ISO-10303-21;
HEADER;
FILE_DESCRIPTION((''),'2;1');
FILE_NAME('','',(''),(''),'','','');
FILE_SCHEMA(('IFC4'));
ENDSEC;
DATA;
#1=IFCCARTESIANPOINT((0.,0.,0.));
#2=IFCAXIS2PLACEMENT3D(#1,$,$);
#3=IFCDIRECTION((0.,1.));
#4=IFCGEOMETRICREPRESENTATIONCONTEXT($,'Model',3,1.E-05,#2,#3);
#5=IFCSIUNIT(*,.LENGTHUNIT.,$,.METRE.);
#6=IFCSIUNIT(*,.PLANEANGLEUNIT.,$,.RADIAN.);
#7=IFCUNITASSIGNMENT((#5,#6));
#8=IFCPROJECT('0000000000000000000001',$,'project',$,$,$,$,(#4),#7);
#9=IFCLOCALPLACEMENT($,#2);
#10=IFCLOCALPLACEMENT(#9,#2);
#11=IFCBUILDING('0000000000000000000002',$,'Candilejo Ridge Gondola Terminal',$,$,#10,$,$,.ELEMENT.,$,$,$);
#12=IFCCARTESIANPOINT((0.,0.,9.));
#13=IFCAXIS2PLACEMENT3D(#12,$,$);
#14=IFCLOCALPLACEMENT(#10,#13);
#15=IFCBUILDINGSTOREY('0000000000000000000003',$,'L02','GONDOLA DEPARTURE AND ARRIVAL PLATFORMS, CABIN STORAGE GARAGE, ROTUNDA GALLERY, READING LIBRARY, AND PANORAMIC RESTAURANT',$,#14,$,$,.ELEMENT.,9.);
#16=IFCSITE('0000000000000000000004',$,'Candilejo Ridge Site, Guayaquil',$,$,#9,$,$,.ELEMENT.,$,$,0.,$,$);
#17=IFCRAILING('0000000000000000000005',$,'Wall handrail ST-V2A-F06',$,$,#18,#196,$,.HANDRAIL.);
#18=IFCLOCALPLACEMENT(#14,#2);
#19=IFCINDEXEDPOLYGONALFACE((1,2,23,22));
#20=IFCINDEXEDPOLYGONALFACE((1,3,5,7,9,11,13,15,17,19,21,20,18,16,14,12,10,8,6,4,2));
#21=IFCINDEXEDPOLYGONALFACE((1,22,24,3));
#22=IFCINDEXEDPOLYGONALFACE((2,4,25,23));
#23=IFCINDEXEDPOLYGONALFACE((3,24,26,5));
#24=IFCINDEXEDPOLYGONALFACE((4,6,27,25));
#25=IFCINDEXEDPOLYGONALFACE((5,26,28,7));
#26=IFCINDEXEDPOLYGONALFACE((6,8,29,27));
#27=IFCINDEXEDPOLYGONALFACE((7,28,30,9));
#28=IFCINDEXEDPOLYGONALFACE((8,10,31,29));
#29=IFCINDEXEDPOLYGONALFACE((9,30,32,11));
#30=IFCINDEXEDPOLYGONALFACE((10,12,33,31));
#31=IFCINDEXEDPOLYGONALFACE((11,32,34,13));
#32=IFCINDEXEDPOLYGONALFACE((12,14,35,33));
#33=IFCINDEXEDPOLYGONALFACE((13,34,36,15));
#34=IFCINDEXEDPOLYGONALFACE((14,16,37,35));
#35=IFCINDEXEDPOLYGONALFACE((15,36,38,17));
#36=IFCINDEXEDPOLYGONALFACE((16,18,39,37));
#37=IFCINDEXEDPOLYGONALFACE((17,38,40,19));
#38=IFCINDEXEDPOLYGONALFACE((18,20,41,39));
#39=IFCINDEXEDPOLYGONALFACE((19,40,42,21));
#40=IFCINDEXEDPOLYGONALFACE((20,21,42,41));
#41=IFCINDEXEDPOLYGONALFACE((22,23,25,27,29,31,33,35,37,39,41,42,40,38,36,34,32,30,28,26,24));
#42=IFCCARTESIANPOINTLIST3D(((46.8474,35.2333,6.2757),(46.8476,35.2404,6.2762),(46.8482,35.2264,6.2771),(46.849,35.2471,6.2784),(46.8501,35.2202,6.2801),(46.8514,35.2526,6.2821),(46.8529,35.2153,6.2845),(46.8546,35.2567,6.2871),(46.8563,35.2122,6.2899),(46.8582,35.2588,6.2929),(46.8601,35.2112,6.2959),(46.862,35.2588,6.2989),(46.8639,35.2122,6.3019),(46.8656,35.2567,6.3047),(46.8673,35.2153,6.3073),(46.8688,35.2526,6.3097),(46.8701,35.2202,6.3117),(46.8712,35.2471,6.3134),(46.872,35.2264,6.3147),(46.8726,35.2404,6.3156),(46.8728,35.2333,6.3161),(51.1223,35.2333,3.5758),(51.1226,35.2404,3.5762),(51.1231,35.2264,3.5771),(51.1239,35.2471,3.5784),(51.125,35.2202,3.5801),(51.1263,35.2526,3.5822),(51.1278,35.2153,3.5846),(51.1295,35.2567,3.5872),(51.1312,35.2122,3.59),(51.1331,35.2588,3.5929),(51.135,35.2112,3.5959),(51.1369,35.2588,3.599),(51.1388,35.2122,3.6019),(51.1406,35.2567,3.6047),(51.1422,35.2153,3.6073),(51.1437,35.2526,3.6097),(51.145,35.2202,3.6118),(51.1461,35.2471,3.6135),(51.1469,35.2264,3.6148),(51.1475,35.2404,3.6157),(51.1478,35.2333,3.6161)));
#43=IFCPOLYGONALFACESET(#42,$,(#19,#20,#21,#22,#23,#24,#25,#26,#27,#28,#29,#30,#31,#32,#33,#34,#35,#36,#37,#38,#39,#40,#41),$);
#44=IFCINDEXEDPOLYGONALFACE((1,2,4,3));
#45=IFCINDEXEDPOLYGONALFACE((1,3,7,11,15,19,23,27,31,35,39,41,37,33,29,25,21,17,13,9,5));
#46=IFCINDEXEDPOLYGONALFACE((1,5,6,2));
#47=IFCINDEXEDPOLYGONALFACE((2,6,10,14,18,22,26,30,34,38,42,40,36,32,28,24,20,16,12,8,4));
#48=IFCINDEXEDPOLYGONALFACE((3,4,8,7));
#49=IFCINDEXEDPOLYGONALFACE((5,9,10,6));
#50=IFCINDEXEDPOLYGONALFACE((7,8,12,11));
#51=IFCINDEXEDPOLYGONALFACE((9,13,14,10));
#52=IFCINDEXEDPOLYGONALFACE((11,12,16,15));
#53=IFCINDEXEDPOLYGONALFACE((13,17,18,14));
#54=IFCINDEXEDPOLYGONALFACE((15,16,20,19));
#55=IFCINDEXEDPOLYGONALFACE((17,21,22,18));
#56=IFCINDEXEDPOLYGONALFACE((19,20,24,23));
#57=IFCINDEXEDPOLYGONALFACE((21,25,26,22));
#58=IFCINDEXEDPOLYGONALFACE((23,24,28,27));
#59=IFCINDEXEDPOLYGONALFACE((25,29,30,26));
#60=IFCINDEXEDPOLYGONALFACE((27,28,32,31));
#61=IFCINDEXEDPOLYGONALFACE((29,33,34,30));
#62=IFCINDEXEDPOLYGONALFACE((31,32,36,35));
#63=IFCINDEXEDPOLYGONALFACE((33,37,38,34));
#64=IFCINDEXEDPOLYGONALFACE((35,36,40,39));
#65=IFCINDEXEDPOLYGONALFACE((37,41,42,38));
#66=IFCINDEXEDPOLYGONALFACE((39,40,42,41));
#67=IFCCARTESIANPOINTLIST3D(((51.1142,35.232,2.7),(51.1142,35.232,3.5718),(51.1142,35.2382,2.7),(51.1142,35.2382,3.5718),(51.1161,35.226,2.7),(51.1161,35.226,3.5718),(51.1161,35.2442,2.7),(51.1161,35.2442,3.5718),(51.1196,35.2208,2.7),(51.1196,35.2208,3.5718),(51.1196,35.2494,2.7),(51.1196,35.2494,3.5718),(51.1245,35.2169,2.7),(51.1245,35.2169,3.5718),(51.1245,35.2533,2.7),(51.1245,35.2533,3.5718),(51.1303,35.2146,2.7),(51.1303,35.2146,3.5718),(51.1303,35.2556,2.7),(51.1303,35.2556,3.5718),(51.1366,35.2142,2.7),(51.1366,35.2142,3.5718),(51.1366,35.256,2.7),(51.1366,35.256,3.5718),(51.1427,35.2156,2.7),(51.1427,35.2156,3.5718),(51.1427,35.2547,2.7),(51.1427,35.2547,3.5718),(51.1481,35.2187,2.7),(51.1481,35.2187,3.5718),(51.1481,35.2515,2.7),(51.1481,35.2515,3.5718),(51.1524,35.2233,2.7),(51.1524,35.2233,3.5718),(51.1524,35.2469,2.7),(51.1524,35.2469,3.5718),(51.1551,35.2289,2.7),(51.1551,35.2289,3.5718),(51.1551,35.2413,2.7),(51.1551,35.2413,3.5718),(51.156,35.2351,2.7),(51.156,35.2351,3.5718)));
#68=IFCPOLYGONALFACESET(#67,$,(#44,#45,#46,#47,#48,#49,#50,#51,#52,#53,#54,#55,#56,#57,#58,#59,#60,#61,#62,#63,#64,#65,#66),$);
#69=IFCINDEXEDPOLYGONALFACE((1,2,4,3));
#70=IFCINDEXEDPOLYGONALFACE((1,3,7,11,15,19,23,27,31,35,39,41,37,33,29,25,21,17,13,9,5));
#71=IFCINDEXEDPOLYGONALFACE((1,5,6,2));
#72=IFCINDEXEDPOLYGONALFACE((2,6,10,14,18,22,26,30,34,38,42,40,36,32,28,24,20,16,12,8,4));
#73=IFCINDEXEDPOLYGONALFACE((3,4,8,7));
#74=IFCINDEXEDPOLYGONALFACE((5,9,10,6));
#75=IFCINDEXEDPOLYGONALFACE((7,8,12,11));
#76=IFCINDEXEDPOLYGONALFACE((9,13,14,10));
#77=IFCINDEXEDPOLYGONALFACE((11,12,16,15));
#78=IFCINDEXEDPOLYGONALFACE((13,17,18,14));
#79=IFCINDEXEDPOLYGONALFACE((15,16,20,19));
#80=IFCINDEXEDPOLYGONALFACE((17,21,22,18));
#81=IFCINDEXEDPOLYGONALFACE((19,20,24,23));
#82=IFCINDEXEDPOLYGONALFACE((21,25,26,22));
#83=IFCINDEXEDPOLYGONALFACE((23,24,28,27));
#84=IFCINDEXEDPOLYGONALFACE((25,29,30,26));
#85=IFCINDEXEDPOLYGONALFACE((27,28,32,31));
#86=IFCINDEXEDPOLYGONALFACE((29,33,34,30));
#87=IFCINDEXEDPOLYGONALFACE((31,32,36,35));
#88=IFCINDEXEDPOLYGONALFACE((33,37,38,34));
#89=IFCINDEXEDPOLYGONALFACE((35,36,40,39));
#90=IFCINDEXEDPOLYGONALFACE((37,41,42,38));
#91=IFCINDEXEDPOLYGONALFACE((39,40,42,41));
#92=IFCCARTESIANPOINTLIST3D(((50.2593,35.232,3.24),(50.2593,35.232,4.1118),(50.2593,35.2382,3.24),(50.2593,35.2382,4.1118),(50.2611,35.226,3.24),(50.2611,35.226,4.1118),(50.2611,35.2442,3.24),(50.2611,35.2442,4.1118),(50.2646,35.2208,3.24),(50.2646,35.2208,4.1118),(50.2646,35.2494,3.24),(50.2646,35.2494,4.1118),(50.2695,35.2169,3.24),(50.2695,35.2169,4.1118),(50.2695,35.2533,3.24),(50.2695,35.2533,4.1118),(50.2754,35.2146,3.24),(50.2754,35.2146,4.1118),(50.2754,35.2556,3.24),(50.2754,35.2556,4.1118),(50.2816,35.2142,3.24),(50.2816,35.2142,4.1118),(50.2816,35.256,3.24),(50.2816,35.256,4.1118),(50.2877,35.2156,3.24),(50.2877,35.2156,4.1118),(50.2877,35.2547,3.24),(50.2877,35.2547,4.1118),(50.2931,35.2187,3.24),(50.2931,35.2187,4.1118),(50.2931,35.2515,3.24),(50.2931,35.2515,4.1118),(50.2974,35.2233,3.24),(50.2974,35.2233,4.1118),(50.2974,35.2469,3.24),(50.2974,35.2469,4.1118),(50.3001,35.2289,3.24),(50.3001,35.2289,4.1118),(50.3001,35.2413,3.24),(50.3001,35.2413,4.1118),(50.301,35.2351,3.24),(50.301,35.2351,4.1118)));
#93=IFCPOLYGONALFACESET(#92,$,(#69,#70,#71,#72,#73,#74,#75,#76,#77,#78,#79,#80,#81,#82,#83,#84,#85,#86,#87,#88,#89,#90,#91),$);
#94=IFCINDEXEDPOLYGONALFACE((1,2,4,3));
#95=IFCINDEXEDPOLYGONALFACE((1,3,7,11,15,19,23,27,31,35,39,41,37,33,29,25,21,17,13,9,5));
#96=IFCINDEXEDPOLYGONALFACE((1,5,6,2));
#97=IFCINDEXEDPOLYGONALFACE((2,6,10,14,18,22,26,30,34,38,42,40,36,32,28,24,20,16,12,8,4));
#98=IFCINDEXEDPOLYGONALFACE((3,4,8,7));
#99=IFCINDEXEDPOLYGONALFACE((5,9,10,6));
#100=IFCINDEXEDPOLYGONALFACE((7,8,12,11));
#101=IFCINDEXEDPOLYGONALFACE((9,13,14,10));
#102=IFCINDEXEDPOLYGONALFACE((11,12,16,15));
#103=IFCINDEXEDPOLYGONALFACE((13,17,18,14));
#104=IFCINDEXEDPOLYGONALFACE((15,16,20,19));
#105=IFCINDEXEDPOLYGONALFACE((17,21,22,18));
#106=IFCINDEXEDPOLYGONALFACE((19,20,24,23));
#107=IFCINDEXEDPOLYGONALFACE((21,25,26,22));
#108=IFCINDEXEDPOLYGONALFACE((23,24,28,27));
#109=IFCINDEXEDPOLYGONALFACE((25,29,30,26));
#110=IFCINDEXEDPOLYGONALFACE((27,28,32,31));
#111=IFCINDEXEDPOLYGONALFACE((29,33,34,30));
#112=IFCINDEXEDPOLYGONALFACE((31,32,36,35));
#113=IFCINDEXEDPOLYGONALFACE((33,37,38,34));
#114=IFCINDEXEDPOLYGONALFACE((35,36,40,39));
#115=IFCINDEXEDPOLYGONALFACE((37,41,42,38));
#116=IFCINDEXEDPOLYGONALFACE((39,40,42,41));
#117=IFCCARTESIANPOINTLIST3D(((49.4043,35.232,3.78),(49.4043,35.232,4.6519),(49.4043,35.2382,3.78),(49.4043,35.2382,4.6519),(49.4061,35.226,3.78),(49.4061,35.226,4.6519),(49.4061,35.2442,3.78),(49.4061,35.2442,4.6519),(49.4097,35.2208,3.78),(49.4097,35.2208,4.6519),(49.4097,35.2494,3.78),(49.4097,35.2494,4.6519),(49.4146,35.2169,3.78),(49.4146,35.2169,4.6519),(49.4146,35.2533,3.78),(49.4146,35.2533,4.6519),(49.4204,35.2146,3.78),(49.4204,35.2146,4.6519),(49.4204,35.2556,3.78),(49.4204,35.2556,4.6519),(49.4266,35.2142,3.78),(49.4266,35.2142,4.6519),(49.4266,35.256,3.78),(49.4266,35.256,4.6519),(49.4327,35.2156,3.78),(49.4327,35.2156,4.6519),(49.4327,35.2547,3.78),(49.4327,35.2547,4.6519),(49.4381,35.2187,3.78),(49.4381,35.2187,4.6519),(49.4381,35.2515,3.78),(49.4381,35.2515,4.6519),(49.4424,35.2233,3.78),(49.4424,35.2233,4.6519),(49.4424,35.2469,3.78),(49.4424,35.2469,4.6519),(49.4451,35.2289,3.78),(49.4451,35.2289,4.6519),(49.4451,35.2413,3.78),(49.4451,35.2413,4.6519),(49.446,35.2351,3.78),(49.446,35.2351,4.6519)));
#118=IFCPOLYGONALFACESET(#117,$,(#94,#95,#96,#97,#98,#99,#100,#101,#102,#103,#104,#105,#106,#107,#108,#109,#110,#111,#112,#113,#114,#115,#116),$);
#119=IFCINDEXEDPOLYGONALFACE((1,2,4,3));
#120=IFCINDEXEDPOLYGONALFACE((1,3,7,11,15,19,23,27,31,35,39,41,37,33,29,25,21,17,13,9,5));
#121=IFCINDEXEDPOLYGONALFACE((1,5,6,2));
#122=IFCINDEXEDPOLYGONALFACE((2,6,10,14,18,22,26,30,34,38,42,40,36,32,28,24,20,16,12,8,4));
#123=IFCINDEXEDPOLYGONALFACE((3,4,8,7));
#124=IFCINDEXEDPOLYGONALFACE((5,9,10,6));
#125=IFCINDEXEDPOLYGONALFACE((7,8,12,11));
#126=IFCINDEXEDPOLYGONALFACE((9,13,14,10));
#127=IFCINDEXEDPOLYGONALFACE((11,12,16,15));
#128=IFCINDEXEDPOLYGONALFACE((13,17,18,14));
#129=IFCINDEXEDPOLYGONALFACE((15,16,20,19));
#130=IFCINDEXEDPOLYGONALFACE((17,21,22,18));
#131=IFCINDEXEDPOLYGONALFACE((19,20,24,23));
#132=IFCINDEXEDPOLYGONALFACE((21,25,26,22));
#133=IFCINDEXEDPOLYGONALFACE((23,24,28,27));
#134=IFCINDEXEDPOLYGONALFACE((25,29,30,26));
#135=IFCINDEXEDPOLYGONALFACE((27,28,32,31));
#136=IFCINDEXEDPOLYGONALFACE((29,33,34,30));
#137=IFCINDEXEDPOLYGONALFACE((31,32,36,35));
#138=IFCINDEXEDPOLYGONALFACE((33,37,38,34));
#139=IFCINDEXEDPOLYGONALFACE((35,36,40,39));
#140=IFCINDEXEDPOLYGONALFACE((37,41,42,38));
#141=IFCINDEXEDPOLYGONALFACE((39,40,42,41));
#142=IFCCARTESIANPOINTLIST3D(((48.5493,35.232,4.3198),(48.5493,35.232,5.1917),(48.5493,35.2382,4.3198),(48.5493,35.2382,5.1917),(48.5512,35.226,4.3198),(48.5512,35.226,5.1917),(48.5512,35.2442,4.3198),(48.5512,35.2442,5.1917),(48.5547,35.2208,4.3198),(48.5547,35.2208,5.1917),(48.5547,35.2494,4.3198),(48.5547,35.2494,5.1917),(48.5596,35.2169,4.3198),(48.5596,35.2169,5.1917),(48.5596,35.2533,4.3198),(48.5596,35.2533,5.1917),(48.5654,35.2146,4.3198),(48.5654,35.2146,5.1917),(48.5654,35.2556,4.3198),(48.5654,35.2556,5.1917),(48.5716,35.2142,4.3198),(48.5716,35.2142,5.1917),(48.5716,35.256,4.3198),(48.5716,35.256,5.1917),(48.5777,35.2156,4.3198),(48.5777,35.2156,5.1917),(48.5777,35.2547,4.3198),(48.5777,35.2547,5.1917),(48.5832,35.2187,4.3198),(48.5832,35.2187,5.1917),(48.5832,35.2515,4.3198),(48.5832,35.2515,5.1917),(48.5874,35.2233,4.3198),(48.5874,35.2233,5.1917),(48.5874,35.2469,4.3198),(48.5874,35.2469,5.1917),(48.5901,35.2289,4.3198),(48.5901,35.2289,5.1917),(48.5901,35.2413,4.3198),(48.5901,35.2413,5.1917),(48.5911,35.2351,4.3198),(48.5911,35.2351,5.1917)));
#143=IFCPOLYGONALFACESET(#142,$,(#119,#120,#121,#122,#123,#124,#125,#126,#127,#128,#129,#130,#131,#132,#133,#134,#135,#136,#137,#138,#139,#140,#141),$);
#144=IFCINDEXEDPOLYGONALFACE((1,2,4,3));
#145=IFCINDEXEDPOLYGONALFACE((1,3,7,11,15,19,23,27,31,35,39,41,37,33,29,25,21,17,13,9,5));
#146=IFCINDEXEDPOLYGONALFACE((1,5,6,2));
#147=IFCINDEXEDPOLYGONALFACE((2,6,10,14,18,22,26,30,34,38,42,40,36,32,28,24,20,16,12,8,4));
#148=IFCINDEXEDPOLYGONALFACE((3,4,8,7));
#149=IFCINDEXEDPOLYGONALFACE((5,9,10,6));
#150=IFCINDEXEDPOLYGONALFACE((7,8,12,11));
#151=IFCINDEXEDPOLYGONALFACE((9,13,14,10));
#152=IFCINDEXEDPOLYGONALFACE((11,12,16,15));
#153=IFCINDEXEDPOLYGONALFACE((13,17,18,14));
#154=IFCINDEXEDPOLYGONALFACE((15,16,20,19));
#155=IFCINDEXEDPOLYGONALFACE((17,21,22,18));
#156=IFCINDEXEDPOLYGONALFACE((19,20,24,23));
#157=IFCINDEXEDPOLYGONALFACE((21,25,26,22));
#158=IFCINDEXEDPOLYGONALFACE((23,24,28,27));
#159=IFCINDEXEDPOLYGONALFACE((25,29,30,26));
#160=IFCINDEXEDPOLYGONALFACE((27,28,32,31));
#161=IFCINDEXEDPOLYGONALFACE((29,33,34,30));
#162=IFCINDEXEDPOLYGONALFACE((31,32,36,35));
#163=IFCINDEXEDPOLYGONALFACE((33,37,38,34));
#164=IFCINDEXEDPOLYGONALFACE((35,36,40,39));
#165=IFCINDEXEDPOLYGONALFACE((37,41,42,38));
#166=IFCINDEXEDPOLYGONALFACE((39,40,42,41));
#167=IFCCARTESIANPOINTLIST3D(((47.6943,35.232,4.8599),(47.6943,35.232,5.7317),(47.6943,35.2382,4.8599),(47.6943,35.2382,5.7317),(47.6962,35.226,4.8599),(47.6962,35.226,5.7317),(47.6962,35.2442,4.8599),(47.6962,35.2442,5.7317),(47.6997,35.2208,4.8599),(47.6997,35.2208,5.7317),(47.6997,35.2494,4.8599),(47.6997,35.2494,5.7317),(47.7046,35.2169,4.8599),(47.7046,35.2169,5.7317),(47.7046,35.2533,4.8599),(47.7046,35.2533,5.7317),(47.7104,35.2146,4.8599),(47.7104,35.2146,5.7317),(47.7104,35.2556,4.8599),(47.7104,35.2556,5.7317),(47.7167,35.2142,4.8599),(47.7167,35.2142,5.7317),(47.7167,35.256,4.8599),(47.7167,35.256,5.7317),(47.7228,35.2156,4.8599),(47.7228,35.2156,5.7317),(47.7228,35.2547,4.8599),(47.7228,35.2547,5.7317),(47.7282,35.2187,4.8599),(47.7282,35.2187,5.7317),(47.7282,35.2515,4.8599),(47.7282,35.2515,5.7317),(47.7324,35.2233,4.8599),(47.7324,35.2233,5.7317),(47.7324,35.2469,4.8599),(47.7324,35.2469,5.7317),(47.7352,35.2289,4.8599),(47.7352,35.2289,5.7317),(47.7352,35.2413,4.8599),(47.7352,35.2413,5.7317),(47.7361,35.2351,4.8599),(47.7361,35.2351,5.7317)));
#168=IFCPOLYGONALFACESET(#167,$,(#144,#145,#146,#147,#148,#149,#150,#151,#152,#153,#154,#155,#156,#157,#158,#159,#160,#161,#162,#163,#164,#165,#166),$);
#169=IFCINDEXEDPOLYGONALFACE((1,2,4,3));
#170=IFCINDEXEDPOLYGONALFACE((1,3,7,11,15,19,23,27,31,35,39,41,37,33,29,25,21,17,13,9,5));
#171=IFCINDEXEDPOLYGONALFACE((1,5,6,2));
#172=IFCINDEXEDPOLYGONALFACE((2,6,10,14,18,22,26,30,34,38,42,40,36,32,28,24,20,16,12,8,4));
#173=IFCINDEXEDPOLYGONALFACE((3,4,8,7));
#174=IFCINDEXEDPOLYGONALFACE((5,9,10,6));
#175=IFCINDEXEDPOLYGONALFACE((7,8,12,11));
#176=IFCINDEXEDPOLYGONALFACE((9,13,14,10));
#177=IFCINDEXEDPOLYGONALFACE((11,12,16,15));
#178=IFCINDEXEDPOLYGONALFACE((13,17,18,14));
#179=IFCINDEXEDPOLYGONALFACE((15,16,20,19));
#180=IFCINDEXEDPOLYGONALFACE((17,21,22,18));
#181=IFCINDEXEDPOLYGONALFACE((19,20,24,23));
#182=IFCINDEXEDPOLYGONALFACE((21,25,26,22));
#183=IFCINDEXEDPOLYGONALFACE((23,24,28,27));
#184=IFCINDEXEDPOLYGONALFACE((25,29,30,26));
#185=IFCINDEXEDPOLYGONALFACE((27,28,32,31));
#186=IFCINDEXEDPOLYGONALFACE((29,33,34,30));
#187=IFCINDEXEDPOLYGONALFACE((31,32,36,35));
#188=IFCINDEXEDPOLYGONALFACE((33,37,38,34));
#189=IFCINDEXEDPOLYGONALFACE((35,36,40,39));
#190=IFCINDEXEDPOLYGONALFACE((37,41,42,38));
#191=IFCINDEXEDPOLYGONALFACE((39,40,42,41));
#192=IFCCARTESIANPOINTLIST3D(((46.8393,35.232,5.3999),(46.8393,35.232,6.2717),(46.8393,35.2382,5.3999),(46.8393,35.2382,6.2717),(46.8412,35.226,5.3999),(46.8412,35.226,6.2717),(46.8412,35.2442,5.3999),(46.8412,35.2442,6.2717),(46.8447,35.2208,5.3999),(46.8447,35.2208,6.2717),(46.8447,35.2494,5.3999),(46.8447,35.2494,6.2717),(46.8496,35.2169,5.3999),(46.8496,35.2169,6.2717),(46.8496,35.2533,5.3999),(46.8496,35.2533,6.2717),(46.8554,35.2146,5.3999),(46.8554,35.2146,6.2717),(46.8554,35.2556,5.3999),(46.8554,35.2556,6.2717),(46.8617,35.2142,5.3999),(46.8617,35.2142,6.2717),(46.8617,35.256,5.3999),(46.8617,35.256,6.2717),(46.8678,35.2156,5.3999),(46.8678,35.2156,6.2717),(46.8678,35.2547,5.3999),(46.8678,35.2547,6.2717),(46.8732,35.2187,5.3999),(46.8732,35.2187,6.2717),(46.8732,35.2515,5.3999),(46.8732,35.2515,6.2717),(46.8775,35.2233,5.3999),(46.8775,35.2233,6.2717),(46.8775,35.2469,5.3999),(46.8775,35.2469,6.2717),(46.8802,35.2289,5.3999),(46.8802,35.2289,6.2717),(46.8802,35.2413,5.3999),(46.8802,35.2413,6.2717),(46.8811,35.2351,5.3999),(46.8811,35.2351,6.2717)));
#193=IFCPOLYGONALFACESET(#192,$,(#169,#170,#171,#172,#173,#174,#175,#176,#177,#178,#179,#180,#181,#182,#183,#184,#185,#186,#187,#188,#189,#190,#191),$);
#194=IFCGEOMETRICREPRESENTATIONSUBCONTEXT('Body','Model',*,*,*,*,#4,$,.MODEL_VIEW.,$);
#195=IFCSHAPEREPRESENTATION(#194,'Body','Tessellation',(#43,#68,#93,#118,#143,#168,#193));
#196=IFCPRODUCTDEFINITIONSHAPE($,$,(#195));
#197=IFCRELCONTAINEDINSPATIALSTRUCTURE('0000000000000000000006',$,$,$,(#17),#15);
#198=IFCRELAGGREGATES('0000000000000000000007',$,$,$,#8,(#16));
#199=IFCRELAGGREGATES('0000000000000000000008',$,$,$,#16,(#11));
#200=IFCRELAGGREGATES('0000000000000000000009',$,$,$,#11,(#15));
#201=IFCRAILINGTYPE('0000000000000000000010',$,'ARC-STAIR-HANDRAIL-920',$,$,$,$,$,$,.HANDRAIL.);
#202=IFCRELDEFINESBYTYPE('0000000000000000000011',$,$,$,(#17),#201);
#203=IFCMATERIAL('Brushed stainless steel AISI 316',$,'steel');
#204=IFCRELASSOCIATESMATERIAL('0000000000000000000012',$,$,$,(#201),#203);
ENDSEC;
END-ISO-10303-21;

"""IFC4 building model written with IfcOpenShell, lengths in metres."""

from ifc_helpers import new_model, si_unit, direction, frame, origin, origin_2d, place, context, subcontext, project, spatial, circle, extrude, material, type_object, element, save


model = new_model("IFC4")

# Units and contexts
model_context = context("Model", 3, precision=1e-05, world=origin(), true_north=direction((0.0, 1.0)))
body_context = subcontext(model_context, "Body", "Model", "MODEL_VIEW")
ifc_project = project(units=[si_unit("LENGTHUNIT", "METRE"), si_unit("PLANEANGLEUNIT", "RADIAN")], contexts=[model_context])

# Site, building, storey
site_placement = place(None, origin())
site = spatial("IfcSite", under=ifc_project, at=site_placement, Name="Candilejo Ridge Site, Guayaquil", CompositionType="ELEMENT", RefElevation=0.0)
building_placement = place(site_placement, origin())
building = spatial("IfcBuilding", under=site, at=building_placement, Name="Candilejo Ridge Gondola Terminal", CompositionType="ELEMENT")
storey_placement = place(building_placement, frame((0.0, 0.0, 9.0)))
storey = spatial("IfcBuildingStorey", under=building, at=storey_placement, Name="L02", Description="GONDOLA DEPARTURE AND ARRIVAL PLATFORMS, CABIN STORAGE GARAGE, ROTUNDA GALLERY, READING LIBRARY, AND PANORAMIC RESTAURANT", CompositionType="ELEMENT", Elevation=9.0)

# Railing
ifc_material_1 = material(Name="Brushed stainless steel AISI 316", Category="steel")
railing_type_1 = type_object("IfcRailingType", Name="ARC-STAIR-HANDRAIL-920", PredefinedType="HANDRAIL", material=ifc_material_1)
railing_1_placement = place(storey_placement, frame((51.135, 35.2351, 2.7)))
element("IfcRailing", 1, at=railing_1_placement, inside=storey, type_object=railing_type_1, Name="Wall handrail ST-V2A-F06", PredefinedType="HANDRAIL", context=body_context, shape_type="SweptSolid", body=[
    extrude(circle(Radius=0.0239, at=origin_2d()), frame((0.0, 0.0, 0.896), z_axis=(-0.845488, 0.0, 0.533995), x_axis=(0.0, -1.0, 0.0)), (0.0, 0.0, 1.0), 5.0562),
    extrude(circle(Radius=0.021, at=origin_2d()), origin(), (0.0, 0.0, 1.0), 0.8718),
    extrude(circle(Radius=0.021, at=origin_2d()), frame((-0.855, 0.0, 0.54)), (0.0, 0.0, 1.0), 0.8718),
    extrude(circle(Radius=0.021, at=origin_2d()), frame((-1.71, 0.0, 1.0801)), (0.0, 0.0, 1.0), 0.8718),
    extrude(circle(Radius=0.021, at=origin_2d()), frame((-2.5649, 0.0, 1.6199)), (0.0, 0.0, 1.0), 0.8718),
    extrude(circle(Radius=0.021, at=origin_2d()), frame((-3.4199, 0.0, 2.1599)), (0.0, 0.0, 1.0), 0.8718),
    extrude(circle(Radius=0.021, at=origin_2d()), frame((-4.2749, 0.0, 2.7)), (0.0, 0.0, 1.0), 0.8718),
])

save(model, "model.ifc")
